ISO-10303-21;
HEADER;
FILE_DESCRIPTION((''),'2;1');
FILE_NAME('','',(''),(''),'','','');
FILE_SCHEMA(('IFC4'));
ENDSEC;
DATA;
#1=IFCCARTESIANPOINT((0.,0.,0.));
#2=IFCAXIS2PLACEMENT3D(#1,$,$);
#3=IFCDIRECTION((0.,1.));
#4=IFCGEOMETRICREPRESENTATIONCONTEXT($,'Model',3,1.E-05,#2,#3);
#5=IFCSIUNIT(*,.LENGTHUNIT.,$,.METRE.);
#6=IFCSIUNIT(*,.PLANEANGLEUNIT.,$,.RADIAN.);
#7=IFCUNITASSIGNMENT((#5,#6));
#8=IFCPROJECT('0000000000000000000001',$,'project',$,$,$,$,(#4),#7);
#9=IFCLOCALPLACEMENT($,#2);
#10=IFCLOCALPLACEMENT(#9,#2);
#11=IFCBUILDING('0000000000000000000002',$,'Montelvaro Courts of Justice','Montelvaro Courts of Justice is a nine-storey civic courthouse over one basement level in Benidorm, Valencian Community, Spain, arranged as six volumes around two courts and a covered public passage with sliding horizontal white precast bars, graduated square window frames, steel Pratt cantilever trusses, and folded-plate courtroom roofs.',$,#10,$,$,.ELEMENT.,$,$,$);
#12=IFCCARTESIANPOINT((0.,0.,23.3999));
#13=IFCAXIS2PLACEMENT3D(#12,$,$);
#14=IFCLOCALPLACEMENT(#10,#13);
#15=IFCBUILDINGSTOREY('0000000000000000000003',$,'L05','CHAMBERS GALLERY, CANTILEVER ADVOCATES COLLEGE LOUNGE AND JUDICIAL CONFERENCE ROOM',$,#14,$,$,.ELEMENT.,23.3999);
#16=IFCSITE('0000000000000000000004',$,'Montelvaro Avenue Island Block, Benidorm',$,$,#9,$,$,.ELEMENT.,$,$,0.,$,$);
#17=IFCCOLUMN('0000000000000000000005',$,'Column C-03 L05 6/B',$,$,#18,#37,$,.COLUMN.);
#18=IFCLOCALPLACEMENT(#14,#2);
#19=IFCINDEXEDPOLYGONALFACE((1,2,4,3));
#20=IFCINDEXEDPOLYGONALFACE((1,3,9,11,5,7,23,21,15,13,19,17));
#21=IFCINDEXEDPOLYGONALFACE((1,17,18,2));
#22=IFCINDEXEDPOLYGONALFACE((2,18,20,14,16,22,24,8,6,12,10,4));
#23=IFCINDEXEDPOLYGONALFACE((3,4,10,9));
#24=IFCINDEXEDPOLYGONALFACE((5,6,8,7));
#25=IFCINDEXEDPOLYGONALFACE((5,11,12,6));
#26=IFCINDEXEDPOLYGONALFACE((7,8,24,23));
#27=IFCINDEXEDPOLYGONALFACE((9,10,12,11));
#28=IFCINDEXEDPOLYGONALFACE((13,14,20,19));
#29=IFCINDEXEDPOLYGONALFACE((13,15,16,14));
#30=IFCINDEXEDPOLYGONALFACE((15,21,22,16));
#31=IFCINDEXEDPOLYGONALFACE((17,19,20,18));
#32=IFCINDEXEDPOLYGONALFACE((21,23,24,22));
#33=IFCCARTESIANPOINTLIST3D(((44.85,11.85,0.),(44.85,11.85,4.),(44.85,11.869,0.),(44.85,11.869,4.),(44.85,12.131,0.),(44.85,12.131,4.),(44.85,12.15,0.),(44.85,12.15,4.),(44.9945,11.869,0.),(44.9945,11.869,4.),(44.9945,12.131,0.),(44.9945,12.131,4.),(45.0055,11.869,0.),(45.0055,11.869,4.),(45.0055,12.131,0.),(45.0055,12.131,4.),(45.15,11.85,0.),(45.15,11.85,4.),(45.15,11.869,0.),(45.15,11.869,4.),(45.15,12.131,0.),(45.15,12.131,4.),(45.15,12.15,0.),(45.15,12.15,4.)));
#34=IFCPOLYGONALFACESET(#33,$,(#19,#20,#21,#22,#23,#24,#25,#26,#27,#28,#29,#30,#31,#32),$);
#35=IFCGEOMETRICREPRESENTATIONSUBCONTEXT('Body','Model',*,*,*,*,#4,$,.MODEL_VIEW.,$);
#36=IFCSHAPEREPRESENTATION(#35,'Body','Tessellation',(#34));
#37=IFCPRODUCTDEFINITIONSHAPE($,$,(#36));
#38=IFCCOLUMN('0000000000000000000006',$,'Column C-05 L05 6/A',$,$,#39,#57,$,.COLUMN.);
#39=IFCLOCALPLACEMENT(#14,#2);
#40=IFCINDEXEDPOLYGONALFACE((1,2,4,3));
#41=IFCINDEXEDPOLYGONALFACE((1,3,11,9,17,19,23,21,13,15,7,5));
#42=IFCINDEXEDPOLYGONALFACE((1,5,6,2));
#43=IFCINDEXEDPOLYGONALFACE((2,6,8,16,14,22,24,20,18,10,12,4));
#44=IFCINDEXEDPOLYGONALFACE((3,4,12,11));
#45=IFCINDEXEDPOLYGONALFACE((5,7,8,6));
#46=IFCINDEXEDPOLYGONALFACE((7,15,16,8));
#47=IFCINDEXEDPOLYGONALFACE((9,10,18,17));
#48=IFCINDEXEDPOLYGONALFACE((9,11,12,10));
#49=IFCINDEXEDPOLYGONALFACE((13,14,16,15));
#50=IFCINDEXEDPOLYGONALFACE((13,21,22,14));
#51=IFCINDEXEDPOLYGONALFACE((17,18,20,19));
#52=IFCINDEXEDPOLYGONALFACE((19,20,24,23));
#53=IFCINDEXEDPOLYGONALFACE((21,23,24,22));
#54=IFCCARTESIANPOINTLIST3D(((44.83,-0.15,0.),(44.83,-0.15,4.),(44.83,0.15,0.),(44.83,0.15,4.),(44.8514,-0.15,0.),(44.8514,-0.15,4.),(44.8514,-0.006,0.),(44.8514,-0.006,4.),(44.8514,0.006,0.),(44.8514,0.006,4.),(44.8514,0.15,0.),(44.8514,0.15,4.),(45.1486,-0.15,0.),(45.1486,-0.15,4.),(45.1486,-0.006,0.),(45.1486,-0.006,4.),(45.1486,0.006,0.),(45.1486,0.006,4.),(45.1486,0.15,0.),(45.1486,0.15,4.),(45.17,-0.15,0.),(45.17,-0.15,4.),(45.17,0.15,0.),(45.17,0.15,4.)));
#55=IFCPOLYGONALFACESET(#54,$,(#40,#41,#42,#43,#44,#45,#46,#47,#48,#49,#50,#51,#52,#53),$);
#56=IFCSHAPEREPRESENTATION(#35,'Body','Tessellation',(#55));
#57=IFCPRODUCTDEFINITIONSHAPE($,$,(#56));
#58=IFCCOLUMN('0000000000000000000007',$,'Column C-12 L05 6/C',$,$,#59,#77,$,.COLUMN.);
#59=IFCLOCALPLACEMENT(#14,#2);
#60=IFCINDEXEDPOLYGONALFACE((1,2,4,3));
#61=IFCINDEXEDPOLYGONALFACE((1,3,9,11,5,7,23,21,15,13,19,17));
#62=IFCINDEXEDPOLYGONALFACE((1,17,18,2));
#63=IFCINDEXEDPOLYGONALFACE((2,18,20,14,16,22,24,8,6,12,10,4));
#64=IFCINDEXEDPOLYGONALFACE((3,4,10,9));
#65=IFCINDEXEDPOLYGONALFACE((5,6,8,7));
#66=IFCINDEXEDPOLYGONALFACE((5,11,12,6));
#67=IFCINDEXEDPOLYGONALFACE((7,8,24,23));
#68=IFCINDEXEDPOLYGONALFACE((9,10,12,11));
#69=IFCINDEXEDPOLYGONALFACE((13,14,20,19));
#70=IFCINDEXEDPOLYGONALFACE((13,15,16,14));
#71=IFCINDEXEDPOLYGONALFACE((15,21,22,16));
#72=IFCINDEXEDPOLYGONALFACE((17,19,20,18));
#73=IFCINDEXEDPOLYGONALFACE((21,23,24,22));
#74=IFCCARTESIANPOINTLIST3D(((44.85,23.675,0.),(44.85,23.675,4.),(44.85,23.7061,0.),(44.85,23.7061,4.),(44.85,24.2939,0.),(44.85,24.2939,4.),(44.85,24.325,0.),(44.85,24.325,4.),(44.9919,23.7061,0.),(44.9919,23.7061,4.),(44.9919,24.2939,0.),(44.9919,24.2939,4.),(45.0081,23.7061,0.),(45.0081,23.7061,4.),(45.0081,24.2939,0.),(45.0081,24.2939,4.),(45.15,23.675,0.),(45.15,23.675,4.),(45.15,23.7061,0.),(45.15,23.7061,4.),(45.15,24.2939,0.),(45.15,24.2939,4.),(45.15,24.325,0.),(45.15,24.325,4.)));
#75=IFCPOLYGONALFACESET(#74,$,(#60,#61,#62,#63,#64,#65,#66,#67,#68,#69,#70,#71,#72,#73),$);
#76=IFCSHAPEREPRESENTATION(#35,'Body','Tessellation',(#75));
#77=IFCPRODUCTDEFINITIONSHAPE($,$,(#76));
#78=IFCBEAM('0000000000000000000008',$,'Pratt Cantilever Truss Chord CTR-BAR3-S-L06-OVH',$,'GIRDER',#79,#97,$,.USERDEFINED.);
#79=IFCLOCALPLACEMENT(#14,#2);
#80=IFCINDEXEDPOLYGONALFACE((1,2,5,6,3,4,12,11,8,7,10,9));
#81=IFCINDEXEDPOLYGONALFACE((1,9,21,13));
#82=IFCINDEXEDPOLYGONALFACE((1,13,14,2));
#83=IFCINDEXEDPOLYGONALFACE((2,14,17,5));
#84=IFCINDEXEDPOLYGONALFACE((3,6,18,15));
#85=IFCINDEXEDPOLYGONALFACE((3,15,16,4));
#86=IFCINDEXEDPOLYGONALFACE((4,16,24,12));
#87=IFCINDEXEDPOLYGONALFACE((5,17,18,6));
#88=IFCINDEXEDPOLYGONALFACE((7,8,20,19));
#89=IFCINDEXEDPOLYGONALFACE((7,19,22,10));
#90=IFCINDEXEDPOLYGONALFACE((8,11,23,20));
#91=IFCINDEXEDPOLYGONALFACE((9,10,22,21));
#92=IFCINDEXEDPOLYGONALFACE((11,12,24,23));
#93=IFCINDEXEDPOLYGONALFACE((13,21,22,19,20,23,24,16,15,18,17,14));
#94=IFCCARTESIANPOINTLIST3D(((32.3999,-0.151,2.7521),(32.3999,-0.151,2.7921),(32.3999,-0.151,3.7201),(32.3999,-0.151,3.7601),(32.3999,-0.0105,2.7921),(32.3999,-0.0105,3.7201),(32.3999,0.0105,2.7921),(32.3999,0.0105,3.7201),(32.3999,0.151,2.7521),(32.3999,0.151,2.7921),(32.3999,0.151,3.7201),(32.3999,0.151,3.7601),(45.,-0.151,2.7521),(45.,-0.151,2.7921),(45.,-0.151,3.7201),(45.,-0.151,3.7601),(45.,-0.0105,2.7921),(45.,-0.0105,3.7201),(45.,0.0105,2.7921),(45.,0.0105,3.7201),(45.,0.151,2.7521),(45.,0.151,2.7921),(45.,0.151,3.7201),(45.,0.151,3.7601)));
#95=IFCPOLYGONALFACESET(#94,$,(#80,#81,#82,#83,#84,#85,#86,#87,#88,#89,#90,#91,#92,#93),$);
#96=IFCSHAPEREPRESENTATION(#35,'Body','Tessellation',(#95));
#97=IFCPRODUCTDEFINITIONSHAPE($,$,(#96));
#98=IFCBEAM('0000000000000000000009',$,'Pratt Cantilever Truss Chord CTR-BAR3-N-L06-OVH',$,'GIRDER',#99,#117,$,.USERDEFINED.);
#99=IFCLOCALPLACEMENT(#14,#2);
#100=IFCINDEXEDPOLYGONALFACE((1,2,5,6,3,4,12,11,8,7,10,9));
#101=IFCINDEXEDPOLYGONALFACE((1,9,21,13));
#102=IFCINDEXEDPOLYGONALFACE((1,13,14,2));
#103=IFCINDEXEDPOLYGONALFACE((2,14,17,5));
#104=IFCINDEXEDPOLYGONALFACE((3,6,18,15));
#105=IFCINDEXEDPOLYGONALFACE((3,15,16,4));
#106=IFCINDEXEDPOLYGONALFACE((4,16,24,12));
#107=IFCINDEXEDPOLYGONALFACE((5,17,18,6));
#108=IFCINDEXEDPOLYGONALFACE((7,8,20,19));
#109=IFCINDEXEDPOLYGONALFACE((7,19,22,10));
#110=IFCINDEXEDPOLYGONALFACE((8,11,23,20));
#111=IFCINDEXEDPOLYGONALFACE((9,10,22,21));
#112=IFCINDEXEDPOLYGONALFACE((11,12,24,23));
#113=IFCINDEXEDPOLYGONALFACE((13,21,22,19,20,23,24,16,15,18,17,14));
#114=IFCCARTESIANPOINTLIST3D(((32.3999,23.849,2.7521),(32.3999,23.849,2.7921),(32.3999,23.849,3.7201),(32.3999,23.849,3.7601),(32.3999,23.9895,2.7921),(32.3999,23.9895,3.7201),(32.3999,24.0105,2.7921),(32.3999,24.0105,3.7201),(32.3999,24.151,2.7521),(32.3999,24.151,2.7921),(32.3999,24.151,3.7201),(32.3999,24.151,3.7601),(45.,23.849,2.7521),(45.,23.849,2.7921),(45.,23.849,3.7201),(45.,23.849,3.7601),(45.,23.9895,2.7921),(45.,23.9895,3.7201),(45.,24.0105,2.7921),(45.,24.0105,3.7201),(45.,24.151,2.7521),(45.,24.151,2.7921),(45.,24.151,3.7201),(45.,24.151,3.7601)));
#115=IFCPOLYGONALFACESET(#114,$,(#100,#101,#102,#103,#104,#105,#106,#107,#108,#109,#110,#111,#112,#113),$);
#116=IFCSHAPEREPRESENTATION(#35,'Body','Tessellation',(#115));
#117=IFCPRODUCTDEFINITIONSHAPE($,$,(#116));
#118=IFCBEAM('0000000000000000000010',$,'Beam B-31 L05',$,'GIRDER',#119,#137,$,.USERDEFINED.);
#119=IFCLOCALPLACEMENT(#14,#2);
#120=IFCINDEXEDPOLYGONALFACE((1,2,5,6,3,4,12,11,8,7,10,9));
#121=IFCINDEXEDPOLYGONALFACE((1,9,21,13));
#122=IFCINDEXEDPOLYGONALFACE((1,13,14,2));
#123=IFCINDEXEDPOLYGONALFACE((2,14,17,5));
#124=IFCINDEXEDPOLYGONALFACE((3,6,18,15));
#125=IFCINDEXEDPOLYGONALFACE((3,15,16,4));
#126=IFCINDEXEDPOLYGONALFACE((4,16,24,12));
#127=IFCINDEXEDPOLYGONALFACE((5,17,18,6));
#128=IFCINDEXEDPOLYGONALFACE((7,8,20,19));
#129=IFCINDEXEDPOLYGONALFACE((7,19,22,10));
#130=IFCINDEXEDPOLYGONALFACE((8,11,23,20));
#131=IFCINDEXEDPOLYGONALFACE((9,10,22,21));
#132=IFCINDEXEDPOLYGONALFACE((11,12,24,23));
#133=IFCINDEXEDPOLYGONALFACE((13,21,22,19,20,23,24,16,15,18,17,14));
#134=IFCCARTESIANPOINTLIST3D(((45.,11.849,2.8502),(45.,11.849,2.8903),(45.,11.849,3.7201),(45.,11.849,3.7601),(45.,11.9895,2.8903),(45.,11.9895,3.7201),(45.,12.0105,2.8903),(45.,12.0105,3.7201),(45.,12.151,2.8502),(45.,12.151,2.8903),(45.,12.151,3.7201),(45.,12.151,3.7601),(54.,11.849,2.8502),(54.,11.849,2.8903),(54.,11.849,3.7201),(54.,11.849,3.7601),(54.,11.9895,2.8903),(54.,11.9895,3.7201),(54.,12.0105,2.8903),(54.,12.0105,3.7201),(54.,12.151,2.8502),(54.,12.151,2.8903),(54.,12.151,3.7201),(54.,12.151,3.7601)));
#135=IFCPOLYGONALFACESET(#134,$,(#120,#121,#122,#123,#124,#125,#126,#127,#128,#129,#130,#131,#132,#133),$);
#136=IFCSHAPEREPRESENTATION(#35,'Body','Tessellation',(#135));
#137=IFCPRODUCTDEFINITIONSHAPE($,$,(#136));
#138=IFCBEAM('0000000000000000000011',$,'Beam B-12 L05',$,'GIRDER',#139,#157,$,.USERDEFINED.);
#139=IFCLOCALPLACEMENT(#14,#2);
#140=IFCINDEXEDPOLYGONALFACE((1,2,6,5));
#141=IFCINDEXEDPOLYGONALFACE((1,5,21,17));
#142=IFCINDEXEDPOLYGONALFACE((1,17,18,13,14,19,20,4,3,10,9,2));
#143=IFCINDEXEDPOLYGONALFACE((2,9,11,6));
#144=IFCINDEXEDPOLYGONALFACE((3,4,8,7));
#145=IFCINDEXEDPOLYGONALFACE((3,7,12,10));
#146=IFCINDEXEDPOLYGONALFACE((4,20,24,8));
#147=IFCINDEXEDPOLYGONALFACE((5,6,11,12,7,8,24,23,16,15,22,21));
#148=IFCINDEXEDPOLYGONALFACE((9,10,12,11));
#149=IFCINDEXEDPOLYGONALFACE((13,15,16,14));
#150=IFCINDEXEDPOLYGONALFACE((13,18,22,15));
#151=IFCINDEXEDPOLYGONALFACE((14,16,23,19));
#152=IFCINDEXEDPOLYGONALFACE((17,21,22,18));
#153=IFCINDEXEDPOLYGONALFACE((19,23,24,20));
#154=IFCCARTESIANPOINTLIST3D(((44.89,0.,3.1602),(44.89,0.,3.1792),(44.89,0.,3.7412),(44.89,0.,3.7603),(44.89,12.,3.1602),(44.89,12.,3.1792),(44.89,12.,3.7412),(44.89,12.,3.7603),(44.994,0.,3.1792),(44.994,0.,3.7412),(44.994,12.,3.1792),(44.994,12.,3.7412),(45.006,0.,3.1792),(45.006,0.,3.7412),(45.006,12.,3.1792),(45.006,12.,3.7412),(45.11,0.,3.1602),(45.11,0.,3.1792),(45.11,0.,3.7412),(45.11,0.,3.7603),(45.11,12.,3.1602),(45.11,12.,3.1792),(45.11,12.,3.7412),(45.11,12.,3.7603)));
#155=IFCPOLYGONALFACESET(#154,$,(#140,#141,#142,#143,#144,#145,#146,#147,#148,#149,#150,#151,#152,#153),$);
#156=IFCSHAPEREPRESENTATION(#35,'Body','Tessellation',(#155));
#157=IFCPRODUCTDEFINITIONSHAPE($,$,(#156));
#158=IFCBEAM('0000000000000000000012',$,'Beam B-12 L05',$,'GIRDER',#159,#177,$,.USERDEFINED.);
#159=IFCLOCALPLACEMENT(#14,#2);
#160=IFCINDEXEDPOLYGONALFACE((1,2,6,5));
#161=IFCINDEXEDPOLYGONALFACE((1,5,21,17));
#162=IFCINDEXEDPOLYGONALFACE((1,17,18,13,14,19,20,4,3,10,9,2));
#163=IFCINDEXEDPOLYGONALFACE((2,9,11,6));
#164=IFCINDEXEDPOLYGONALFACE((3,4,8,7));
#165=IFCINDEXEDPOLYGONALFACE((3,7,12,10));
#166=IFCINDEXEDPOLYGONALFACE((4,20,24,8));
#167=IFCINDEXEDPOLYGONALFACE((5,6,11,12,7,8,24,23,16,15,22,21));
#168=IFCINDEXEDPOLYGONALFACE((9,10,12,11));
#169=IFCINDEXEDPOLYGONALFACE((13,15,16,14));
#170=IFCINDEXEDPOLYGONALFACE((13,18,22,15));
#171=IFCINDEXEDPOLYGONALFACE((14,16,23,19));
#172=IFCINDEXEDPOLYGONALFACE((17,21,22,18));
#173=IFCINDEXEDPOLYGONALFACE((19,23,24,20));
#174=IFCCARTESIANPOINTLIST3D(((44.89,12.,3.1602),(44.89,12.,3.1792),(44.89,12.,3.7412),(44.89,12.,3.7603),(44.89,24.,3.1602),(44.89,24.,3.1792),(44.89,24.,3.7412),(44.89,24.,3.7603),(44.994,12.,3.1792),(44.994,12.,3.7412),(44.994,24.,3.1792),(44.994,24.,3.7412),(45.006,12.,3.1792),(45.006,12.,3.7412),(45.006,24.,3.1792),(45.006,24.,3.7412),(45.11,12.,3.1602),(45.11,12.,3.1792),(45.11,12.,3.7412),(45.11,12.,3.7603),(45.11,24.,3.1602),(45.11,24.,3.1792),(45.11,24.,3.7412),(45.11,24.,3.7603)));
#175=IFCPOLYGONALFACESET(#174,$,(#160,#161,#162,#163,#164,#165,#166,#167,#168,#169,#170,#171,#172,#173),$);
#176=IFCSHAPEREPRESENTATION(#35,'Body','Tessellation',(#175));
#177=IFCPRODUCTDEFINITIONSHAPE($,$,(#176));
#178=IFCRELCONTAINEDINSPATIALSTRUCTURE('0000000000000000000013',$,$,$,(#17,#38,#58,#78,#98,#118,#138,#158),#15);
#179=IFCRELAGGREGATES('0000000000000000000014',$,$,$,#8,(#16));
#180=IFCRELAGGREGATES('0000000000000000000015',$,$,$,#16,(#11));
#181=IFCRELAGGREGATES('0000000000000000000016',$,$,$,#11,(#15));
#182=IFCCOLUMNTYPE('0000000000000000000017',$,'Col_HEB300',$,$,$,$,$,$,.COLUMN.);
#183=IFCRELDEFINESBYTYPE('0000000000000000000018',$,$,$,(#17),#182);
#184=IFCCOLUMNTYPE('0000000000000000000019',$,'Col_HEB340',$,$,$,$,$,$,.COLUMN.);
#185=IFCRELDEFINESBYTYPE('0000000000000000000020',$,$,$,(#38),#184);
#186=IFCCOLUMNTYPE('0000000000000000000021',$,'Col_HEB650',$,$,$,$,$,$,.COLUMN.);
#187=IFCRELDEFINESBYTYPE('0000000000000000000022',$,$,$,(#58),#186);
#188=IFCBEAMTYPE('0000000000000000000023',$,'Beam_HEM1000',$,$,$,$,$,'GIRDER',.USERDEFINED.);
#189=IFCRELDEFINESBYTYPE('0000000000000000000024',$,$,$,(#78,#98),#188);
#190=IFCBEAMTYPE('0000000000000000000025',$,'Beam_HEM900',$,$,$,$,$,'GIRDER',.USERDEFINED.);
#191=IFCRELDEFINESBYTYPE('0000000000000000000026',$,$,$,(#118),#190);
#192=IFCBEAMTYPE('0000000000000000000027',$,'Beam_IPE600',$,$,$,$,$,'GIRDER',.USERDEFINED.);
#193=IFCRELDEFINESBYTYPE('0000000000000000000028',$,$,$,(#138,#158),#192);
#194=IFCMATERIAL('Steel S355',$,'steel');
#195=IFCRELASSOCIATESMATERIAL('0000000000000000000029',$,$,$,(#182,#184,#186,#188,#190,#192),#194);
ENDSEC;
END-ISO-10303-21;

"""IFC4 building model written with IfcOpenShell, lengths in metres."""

from ifc_helpers import new_model, si_unit, direction, frame, origin, origin_2d, place, context, subcontext, project, spatial, i_section, extrude, material, material_profile, profile_set, type_object, element, save


model = new_model("IFC4")

# Units and contexts
model_context = context("Model", 3, precision=1e-05, world=origin(), true_north=direction((0.0, 1.0)))
body_context = subcontext(model_context, "Body", "Model", "MODEL_VIEW")
ifc_project = project(units=[si_unit("LENGTHUNIT", "METRE"), si_unit("PLANEANGLEUNIT", "RADIAN")], contexts=[model_context])

# Site, building, storey
site_placement = place(None, origin())
site = spatial("IfcSite", under=ifc_project, at=site_placement, Name="Montelvaro Avenue Island Block, Benidorm", CompositionType="ELEMENT", RefElevation=0.0)
building_placement = place(site_placement, origin())
building = spatial("IfcBuilding", under=site, at=building_placement, Name="Montelvaro Courts of Justice", Description="Montelvaro Courts of Justice is a nine-storey civic courthouse over one basement level in Benidorm, Valencian Community, Spain, arranged as six volumes around two courts and a covered public passage with sliding horizontal white precast bars, graduated square window frames, steel Pratt cantilever trusses, and folded-plate courtroom roofs.", CompositionType="ELEMENT")
storey_placement = place(building_placement, frame((0.0, 0.0, 23.3999)))
storey = spatial("IfcBuildingStorey", under=building, at=storey_placement, Name="L05", Description="CHAMBERS GALLERY, CANTILEVER ADVOCATES COLLEGE LOUNGE AND JUDICIAL CONFERENCE ROOM", CompositionType="ELEMENT", Elevation=23.3999)

# Columns
ifc_material_1 = material(Name="Steel S355", Category="steel")
ifc_material_profile_1 = material_profile(ifc_material_1, i_section(OverallWidth=0.3, OverallDepth=0.3, WebThickness=0.011, FlangeThickness=0.019, at=origin_2d()), Name="HEB 300")
ifc_profile_set_1 = profile_set([ifc_material_profile_1], Name="Steel S355")
column_type_1 = type_object("IfcColumnType", Name="Col_HEB300", PredefinedType="COLUMN", material=ifc_profile_set_1)
column_1_placement = place(storey_placement, frame((45.0, 12.0, 0.0), z_axis=(0.0, 0.0, 1.0), x_axis=(1.0, 0.0, 0.0)))
element("IfcColumn", 1, at=column_1_placement, inside=storey, type_object=column_type_1, Name="Column C-03 L05 6/B", PredefinedType="COLUMN", context=body_context, shape_type="SweptSolid", body=[
    extrude(i_section(OverallWidth=0.3, OverallDepth=0.3, WebThickness=0.011, FlangeThickness=0.019, at=origin_2d()), origin(), (0.0, 0.0, 1.0), 4.0),
])
ifc_material_profile_2 = material_profile(ifc_material_1, i_section(OverallWidth=0.3, OverallDepth=0.3401, WebThickness=0.012, FlangeThickness=0.0215, at=origin_2d()), Name="HEB 340")
ifc_profile_set_2 = profile_set([ifc_material_profile_2], Name="Steel S355")
column_type_2 = type_object("IfcColumnType", Name="Col_HEB340", PredefinedType="COLUMN", material=ifc_profile_set_2)
column_2_placement = place(storey_placement, frame((45.0, 0.0, 0.0), z_axis=(0.0, 0.0, 1.0), x_axis=(0.0, 1.0, 0.0)))
element("IfcColumn", 2, at=column_2_placement, inside=storey, type_object=column_type_2, Name="Column C-05 L05 6/A", PredefinedType="COLUMN", context=body_context, shape_type="SweptSolid", body=[
    extrude(i_section(OverallWidth=0.3, OverallDepth=0.3401, WebThickness=0.012, FlangeThickness=0.0215, at=origin_2d()), origin(), (0.0, 0.0, 1.0), 4.0),
])
ifc_material_profile_3 = material_profile(ifc_material_1, i_section(OverallWidth=0.3, OverallDepth=0.6499, WebThickness=0.0161, FlangeThickness=0.031, at=origin_2d()), Name="HEB 650")
ifc_profile_set_3 = profile_set([ifc_material_profile_3], Name="Steel S355")
column_type_3 = type_object("IfcColumnType", Name="Col_HEB650", PredefinedType="COLUMN", material=ifc_profile_set_3)
column_3_placement = place(storey_placement, frame((45.0, 24.0, 0.0), z_axis=(0.0, 0.0, 1.0), x_axis=(1.0, 0.0, 0.0)))
element("IfcColumn", 3, at=column_3_placement, inside=storey, type_object=column_type_3, Name="Column C-12 L05 6/C", PredefinedType="COLUMN", context=body_context, shape_type="SweptSolid", body=[
    extrude(i_section(OverallWidth=0.3, OverallDepth=0.6499, WebThickness=0.0161, FlangeThickness=0.031, at=origin_2d()), origin(), (0.0, 0.0, 1.0), 4.0),
])

# Beams
ifc_material_profile_4 = material_profile(ifc_material_1, i_section(OverallWidth=0.302, OverallDepth=1.0081, WebThickness=0.021, FlangeThickness=0.04, at=origin_2d()), Name="HEM 1000")
ifc_profile_set_4 = profile_set([ifc_material_profile_4], Name="Steel S355")
beam_type_1 = type_object("IfcBeamType", Name="Beam_HEM1000", ElementType="GIRDER", PredefinedType="USERDEFINED", material=ifc_profile_set_4)
for number, where, z_axis, x_axis, name in (
    (4, (45.0, 0.0, 3.2561), (-1.0, 0.0, 0.0), (0.0, -1.0, 0.0), "Pratt Cantilever Truss Chord CTR-BAR3-S-L06-OVH"),
    (5, (45.0, 24.0, 3.2561), (-1.0, 0.0, 0.0), (0.0, -1.0, 0.0), "Pratt Cantilever Truss Chord CTR-BAR3-N-L06-OVH"),
):
    element("IfcBeam", number, at=place(storey_placement, frame(where, z_axis=z_axis, x_axis=x_axis)), inside=storey, type_object=beam_type_1, Name=name, ObjectType="GIRDER", PredefinedType="USERDEFINED", context=body_context, shape_type="SweptSolid", body=[
        extrude(i_section(OverallWidth=0.302, OverallDepth=1.0081, WebThickness=0.021, FlangeThickness=0.04, at=origin_2d()), origin(), (0.0, 0.0, 1.0), 12.6001),
    ])
ifc_material_profile_5 = material_profile(ifc_material_1, i_section(OverallWidth=0.302, OverallDepth=0.9099, WebThickness=0.021, FlangeThickness=0.04, at=origin_2d()), Name="HEM 900")
ifc_profile_set_5 = profile_set([ifc_material_profile_5], Name="Steel S355")
beam_type_2 = type_object("IfcBeamType", Name="Beam_HEM900", ElementType="GIRDER", PredefinedType="USERDEFINED", material=ifc_profile_set_5)
beam_placement = place(storey_placement, frame((45.0, 12.0, 3.3052), z_axis=(1.0, 0.0, 0.0), x_axis=(0.0, 1.0, 0.0)))
element("IfcBeam", 6, at=beam_placement, inside=storey, type_object=beam_type_2, Name="Beam B-31 L05", ObjectType="GIRDER", PredefinedType="USERDEFINED", context=body_context, shape_type="SweptSolid", body=[
    extrude(i_section(OverallWidth=0.302, OverallDepth=0.9099, WebThickness=0.021, FlangeThickness=0.04, at=origin_2d()), origin(), (0.0, 0.0, 1.0), 9.0),
])
ifc_material_profile_6 = material_profile(ifc_material_1, i_section(OverallWidth=0.22, OverallDepth=0.6001, WebThickness=0.012, FlangeThickness=0.019, at=origin_2d()), Name="IPE 600")
ifc_profile_set_6 = profile_set([ifc_material_profile_6], Name="Steel S355")
beam_type_3 = type_object("IfcBeamType", Name="Beam_IPE600", ElementType="GIRDER", PredefinedType="USERDEFINED", material=ifc_profile_set_6)
for number, where, z_axis, x_axis, name in (
    (7, (45.0, 0.0, 3.4602), (0.0, 1.0, 0.0), (-1.0, 0.0, 0.0), "Beam B-12 L05"),
    (8, (45.0, 12.0, 3.4602), (0.0, 1.0, 0.0), (-1.0, 0.0, 0.0), "Beam B-12 L05"),
):
    element("IfcBeam", number, at=place(storey_placement, frame(where, z_axis=z_axis, x_axis=x_axis)), inside=storey, type_object=beam_type_3, Name=name, ObjectType="GIRDER", PredefinedType="USERDEFINED", context=body_context, shape_type="SweptSolid", body=[
        extrude(i_section(OverallWidth=0.22, OverallDepth=0.6001, WebThickness=0.012, FlangeThickness=0.019, at=origin_2d()), origin(), (0.0, 0.0, 1.0), 12.0),
    ])

save(model, "model.ifc")
